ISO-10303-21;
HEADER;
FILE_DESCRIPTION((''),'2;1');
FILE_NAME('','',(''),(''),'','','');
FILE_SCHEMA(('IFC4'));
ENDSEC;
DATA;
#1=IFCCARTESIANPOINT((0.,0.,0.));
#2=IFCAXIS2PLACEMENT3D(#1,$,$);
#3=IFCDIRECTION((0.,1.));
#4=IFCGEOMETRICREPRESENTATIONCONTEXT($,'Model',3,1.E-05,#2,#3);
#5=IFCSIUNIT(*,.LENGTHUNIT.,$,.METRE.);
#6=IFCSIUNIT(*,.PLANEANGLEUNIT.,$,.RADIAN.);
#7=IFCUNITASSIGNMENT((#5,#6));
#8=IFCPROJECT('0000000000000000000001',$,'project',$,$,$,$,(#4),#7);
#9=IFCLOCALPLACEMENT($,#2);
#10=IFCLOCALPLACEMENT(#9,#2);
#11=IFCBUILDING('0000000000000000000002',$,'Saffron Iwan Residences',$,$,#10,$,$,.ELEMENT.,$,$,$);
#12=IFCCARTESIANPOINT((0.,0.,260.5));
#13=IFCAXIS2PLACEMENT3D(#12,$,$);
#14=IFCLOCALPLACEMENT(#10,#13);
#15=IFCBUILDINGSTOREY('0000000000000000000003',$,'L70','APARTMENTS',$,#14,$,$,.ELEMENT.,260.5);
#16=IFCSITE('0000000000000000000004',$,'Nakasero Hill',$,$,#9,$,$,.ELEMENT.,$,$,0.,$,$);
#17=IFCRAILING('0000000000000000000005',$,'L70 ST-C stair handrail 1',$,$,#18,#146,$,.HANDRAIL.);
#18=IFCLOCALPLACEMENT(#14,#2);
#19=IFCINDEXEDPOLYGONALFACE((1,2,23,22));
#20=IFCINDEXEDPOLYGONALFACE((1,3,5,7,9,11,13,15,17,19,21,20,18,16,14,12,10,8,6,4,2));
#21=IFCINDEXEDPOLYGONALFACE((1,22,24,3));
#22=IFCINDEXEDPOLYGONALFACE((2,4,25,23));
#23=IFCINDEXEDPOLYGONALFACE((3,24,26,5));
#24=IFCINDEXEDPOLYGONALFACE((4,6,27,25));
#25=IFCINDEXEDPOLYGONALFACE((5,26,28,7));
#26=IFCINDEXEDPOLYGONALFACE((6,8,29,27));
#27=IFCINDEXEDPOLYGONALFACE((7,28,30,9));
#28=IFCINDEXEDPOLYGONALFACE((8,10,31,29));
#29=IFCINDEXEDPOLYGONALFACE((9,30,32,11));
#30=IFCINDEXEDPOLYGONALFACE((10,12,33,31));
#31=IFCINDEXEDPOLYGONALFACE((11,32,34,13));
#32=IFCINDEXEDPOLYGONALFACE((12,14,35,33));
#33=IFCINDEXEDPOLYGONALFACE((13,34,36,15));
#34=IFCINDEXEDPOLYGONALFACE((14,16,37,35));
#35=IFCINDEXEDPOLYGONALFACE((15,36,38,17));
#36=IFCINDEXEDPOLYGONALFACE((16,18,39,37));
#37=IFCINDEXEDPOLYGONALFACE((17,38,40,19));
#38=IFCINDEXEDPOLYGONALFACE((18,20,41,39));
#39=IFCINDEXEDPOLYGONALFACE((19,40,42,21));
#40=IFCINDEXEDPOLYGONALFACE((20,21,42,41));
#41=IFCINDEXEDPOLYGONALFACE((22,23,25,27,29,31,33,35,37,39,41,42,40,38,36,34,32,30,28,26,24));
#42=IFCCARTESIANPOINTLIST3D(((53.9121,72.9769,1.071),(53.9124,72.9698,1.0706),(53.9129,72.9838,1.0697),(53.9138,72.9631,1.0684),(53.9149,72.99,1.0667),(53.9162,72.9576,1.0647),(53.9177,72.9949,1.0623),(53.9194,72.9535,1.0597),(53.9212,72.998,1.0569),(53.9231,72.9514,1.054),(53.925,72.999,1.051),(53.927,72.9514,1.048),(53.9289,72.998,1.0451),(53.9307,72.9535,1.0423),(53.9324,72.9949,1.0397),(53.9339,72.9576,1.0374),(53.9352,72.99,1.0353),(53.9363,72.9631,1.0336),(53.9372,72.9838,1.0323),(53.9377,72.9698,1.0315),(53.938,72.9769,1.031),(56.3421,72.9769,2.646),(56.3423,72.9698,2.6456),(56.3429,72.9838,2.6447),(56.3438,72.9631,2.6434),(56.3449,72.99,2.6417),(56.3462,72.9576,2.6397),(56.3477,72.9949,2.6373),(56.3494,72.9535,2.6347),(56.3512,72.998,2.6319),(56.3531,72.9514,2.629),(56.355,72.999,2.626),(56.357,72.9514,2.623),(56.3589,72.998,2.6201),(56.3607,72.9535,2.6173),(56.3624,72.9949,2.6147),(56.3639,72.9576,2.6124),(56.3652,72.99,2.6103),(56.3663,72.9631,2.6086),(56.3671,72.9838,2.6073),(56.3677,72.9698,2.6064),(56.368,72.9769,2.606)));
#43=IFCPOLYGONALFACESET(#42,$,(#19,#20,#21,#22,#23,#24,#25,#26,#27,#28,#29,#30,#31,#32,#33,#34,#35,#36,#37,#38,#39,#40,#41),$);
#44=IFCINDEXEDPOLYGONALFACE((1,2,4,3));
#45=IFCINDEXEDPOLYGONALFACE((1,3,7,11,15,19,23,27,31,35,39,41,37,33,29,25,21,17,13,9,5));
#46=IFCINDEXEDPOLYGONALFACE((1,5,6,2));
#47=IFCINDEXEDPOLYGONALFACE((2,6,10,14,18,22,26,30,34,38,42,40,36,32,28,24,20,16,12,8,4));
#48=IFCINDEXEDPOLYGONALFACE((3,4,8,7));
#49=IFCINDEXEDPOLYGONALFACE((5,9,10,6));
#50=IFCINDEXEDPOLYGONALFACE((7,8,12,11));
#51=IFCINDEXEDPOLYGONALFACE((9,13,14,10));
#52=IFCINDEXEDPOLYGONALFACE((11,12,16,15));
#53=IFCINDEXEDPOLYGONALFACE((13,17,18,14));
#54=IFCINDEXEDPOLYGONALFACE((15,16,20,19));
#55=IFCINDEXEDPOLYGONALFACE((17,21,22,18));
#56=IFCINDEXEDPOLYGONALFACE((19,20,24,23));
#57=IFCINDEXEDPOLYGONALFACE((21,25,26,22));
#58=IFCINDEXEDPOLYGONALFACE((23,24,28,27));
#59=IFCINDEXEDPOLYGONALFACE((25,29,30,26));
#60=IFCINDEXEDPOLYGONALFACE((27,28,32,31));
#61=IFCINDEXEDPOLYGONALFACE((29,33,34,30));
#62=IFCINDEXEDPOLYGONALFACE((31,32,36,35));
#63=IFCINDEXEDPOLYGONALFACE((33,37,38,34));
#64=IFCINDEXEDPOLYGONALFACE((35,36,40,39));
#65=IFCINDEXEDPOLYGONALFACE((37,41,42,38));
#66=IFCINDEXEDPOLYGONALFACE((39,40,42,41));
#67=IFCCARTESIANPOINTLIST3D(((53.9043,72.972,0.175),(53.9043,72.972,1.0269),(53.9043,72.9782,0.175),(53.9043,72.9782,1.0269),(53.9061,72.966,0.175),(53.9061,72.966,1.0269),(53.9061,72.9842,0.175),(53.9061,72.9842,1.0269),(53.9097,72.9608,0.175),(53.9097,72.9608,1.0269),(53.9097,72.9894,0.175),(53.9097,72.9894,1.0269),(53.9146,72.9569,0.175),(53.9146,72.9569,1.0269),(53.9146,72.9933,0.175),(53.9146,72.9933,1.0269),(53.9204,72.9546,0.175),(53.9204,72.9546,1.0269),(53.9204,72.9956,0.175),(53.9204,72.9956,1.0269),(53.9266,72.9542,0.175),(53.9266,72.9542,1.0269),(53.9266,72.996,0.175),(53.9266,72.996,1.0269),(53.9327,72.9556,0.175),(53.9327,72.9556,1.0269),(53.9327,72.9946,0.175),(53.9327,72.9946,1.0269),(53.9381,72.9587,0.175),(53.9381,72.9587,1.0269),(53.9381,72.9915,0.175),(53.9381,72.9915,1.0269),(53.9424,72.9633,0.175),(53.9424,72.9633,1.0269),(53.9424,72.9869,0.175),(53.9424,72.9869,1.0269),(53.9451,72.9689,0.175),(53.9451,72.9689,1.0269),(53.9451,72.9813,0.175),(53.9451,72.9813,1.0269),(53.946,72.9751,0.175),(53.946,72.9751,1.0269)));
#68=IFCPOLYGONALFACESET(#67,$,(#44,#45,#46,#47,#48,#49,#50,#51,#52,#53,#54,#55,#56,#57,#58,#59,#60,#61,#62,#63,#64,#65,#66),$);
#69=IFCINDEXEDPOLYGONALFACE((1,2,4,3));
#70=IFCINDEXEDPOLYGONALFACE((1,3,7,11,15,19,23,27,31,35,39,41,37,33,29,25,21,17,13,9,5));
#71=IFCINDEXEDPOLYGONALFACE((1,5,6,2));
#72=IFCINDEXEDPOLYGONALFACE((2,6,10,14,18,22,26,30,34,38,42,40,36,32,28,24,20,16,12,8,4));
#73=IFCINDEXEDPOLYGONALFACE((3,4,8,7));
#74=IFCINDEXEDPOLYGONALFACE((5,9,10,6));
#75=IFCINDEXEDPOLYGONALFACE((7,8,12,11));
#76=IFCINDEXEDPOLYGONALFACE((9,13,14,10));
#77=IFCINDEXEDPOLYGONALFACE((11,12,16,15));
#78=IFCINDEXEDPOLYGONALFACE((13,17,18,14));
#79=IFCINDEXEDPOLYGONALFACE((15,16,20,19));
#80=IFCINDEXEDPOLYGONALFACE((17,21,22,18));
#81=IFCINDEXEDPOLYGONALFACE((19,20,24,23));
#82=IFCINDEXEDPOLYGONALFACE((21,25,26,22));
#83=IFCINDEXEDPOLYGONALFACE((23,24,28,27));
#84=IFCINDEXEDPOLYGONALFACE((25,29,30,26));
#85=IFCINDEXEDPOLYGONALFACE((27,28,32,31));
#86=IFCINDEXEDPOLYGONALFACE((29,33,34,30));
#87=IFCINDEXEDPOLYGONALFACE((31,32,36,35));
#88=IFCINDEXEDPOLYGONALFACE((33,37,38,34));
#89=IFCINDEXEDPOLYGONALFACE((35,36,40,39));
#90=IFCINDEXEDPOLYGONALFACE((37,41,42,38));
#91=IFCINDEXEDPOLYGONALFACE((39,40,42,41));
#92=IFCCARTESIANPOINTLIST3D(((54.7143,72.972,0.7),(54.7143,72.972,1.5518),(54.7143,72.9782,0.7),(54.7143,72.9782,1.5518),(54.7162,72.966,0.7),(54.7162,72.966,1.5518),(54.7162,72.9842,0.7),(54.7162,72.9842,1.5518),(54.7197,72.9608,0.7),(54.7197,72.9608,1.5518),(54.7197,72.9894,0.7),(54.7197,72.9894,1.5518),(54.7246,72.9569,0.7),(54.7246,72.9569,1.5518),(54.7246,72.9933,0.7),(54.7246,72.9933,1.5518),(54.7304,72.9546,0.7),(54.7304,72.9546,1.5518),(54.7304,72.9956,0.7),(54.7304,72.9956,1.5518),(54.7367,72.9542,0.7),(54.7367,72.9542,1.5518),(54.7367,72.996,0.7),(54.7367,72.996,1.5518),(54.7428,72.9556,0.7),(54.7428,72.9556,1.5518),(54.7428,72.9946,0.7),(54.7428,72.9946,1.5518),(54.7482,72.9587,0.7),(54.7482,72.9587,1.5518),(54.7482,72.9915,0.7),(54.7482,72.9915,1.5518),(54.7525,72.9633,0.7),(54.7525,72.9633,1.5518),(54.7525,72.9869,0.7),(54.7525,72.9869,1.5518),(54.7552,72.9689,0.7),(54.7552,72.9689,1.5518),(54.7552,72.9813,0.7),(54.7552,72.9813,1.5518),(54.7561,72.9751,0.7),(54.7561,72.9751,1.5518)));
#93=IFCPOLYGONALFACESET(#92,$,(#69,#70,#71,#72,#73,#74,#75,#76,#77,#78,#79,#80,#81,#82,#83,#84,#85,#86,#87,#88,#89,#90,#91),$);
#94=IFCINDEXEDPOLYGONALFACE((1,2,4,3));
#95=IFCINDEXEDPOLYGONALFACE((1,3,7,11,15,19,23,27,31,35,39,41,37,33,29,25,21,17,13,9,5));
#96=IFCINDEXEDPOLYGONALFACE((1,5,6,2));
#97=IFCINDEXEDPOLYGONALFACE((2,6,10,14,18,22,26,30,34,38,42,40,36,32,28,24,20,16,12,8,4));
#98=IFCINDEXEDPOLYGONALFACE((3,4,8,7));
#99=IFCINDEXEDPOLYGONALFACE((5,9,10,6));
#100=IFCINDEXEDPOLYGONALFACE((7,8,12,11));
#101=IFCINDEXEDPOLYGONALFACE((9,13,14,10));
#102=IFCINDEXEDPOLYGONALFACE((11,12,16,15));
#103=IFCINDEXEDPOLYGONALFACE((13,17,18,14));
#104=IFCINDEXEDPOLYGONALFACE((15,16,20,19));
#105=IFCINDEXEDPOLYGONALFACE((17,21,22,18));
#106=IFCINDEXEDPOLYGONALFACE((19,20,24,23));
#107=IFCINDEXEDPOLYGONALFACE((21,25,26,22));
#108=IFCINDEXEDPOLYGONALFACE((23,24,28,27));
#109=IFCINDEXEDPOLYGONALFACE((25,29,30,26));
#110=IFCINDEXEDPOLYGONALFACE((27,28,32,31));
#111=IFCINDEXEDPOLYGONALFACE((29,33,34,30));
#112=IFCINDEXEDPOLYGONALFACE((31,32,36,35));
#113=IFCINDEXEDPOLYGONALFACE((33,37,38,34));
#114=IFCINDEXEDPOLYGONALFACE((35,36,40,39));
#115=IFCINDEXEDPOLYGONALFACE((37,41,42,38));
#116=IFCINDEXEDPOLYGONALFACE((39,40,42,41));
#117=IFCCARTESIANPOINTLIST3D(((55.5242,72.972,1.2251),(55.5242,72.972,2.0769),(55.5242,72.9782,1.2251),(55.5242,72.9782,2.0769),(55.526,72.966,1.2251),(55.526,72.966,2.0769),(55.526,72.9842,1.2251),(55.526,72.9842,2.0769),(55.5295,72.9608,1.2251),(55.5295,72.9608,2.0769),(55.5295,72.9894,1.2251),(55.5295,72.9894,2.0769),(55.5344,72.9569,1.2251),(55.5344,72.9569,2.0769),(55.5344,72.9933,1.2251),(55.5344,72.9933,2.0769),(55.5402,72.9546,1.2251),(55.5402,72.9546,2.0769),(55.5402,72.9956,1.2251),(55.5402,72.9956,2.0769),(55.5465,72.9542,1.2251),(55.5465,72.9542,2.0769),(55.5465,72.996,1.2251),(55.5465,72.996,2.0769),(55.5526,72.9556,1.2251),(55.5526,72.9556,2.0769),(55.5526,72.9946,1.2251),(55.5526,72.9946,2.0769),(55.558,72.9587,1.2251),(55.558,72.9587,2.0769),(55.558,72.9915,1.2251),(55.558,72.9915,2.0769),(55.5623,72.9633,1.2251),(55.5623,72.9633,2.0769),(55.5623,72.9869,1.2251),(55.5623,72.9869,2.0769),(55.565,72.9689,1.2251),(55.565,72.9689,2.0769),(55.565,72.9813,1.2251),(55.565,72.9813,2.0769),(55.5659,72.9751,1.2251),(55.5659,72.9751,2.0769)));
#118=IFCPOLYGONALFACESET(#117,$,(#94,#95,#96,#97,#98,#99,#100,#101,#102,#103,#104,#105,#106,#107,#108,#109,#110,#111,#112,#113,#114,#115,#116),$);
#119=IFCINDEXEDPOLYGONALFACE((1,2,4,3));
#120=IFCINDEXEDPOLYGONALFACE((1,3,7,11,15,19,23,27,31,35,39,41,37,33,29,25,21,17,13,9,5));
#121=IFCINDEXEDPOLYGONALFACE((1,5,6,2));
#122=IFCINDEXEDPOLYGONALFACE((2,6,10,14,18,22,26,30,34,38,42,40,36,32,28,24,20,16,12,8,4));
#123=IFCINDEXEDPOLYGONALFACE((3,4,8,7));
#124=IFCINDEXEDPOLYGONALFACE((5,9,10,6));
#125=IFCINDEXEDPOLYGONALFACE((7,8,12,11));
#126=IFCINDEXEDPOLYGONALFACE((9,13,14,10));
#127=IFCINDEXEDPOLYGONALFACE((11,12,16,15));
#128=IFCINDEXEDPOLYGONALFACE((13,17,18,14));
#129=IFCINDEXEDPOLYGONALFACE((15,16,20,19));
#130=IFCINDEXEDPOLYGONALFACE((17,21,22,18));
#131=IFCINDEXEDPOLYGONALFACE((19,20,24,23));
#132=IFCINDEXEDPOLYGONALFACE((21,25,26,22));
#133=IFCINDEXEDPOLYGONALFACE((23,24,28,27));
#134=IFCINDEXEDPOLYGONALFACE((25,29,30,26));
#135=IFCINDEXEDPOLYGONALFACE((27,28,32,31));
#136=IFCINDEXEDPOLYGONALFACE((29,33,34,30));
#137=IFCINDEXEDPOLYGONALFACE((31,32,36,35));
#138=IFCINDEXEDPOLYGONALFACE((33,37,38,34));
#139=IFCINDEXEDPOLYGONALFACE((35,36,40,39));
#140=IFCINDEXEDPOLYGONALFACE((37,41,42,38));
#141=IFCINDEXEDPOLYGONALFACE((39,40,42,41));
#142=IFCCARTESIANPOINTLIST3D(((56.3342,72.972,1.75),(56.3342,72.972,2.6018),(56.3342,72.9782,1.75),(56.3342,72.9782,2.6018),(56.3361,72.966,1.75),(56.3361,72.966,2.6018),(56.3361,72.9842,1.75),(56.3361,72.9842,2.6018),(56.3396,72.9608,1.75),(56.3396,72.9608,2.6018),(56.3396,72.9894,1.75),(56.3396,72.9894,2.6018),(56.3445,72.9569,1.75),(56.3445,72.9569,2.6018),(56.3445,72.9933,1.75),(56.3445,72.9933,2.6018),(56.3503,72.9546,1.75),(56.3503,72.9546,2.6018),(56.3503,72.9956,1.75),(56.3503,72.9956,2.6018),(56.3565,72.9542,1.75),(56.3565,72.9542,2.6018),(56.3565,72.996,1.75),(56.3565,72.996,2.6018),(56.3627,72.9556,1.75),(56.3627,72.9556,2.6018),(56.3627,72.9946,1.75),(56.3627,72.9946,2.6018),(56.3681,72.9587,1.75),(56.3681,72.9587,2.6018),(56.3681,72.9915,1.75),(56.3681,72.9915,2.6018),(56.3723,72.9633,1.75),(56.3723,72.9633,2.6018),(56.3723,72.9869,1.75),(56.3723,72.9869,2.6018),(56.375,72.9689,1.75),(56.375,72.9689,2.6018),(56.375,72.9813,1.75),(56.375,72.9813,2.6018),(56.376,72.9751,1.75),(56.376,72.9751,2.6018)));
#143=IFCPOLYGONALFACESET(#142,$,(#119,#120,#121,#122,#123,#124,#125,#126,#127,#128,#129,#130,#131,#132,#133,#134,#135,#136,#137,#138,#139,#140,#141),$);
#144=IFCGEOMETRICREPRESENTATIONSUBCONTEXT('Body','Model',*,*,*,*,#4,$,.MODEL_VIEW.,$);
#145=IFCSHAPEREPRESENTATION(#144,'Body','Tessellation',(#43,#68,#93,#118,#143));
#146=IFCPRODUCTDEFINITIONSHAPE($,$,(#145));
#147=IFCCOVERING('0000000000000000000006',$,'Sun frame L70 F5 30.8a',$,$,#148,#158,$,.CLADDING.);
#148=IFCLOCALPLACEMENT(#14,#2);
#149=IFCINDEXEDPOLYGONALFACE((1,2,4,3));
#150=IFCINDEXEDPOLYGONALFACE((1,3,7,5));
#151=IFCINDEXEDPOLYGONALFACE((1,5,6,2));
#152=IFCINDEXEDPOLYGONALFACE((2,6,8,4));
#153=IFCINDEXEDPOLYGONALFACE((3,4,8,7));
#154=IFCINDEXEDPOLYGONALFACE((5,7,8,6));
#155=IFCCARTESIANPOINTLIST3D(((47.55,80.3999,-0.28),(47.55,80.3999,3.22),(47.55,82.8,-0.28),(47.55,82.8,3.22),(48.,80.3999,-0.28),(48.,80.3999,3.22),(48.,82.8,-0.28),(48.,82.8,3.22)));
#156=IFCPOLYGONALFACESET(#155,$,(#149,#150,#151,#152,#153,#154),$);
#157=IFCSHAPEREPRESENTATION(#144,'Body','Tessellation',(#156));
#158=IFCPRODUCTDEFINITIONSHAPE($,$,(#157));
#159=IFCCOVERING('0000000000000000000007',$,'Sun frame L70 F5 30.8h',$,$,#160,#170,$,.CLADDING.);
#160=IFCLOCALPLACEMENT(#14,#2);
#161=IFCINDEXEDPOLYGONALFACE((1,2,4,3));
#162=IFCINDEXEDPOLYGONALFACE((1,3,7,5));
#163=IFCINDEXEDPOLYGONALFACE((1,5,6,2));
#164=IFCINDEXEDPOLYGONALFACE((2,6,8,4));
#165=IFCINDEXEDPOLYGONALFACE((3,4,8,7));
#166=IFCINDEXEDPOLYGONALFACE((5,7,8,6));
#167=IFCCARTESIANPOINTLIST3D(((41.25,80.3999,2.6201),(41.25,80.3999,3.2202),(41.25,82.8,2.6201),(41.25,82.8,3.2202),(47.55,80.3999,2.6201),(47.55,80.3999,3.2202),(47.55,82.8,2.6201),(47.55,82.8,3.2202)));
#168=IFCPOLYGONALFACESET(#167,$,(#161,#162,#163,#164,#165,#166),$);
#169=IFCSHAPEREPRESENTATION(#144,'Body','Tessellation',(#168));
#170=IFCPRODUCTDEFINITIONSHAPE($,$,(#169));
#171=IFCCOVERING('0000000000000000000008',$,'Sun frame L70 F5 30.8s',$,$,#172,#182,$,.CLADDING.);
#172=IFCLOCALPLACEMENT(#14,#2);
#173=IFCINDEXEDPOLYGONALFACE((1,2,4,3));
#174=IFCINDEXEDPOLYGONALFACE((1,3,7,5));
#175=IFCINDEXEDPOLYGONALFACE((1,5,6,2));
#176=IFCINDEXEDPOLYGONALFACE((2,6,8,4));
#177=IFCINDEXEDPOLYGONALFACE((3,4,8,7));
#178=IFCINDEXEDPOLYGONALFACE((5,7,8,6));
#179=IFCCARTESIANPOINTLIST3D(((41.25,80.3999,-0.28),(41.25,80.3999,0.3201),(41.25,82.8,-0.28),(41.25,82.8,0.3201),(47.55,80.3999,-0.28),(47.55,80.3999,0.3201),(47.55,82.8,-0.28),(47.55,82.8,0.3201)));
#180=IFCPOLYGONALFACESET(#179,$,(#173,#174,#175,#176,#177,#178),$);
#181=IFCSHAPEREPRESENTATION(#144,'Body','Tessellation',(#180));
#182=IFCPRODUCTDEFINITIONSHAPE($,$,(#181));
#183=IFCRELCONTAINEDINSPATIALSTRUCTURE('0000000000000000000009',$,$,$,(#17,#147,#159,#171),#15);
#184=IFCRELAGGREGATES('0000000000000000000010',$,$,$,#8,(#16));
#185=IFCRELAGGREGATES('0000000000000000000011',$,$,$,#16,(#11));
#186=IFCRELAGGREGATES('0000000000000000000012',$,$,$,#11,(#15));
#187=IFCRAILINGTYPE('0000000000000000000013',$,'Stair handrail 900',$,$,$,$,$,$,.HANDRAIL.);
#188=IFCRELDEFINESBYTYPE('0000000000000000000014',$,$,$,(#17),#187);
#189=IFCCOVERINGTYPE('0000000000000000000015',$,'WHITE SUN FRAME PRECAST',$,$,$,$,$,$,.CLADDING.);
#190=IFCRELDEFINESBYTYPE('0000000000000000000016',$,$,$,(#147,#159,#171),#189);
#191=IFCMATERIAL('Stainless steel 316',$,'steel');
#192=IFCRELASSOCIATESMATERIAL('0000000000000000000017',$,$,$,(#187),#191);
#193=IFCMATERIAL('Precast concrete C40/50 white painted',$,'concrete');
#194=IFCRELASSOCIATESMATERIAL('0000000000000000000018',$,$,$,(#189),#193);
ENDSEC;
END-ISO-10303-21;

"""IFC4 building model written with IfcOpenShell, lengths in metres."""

from ifc_helpers import new_model, si_unit, direction, frame, origin, origin_2d, place, context, subcontext, project, spatial, polyline, circle, outline, extrude, material, type_object, element, save


model = new_model("IFC4")

# Units and contexts
model_context = context("Model", 3, precision=1e-05, world=origin(), true_north=direction((0.0, 1.0)))
body_context = subcontext(model_context, "Body", "Model", "MODEL_VIEW")
ifc_project = project(units=[si_unit("LENGTHUNIT", "METRE"), si_unit("PLANEANGLEUNIT", "RADIAN")], contexts=[model_context])

# Site, building, storey
site_placement = place(None, origin())
site = spatial("IfcSite", under=ifc_project, at=site_placement, Name="Nakasero Hill", CompositionType="ELEMENT", RefElevation=0.0)
building_placement = place(site_placement, origin())
building = spatial("IfcBuilding", under=site, at=building_placement, Name="Saffron Iwan Residences", CompositionType="ELEMENT")
storey_placement = place(building_placement, frame((0.0, 0.0, 260.5)))
storey = spatial("IfcBuildingStorey", under=building, at=storey_placement, Name="L70", Description="APARTMENTS", CompositionType="ELEMENT", Elevation=260.5)

# Railing
ifc_material_1 = material(Name="Stainless steel 316", Category="steel")
railing_type_1 = type_object("IfcRailingType", Name="Stair handrail 900", PredefinedType="HANDRAIL", material=ifc_material_1)
railing_1_placement = place(storey_placement, frame((53.925, 72.9751, 0.175)))
element("IfcRailing", 1, at=railing_1_placement, inside=storey, type_object=railing_type_1, Name="L70 ST-C stair handrail 1", PredefinedType="HANDRAIL", context=body_context, shape_type="SweptSolid", body=[
    extrude(circle(Radius=0.0239, at=origin_2d()), frame((0.0, 0.0, 0.876), z_axis=(0.839154, 0.0, 0.543894), x_axis=(0.0, 1.0, 0.0)), (0.0, 0.0, 1.0), 2.8958),
    extrude(circle(Radius=0.021, at=origin_2d()), origin(), (0.0, 0.0, 1.0), 0.8518),
    extrude(circle(Radius=0.021, at=origin_2d()), frame((0.8101, 0.0, 0.5249)), (0.0, 0.0, 1.0), 0.8518),
    extrude(circle(Radius=0.021, at=origin_2d()), frame((1.6199, 0.0, 1.05)), (0.0, 0.0, 1.0), 0.8518),
    extrude(circle(Radius=0.021, at=origin_2d()), frame((2.4299, 0.0, 1.575)), (0.0, 0.0, 1.0), 0.8518),
])

# Coverings
ifc_material_2 = material(Name="Precast concrete C40/50 white painted", Category="concrete")
covering_type_1 = type_object("IfcCoveringType", Name="WHITE SUN FRAME PRECAST", PredefinedType="CLADDING", material=ifc_material_2)
covering_1_placement = place(storey_placement, frame((48.0, 80.3999, -0.28), z_axis=(0.0, 1.0, 0.0), x_axis=(-1.0, 0.0, 0.0)))
element("IfcCovering", 2, at=covering_1_placement, inside=storey, type_object=covering_type_1, Name="Sun frame L70 F5 30.8a", PredefinedType="CLADDING", context=body_context, shape_type="SweptSolid", body=[
    extrude(outline(polyline([(0.0, 0.0), (0.45, 0.0), (0.45, 3.5), (0.0, 3.5), (0.0, 0.0)])), origin(), (0.0, 0.0, 1.0), 2.4001),
])
for number, where, z_axis, x_axis, name in (
    (3, (47.55, 80.3999, 2.6201), (0.0, 1.0, 0.0), (-1.0, 0.0, 0.0), "Sun frame L70 F5 30.8h"),
    (4, (47.55, 80.3999, -0.28), (0.0, 1.0, 0.0), (-1.0, 0.0, 0.0), "Sun frame L70 F5 30.8s"),
):
    element("IfcCovering", number, at=place(storey_placement, frame(where, z_axis=z_axis, x_axis=x_axis)), inside=storey, type_object=covering_type_1, Name=name, PredefinedType="CLADDING", context=body_context, shape_type="SweptSolid", body=[
        extrude(outline(polyline([(0.0, 0.0), (6.3, 0.0), (6.3, 0.6001), (0.0, 0.6001), (0.0, 0.0)])), origin(), (0.0, 0.0, 1.0), 2.4001),
    ])

save(model, "model.ifc")
